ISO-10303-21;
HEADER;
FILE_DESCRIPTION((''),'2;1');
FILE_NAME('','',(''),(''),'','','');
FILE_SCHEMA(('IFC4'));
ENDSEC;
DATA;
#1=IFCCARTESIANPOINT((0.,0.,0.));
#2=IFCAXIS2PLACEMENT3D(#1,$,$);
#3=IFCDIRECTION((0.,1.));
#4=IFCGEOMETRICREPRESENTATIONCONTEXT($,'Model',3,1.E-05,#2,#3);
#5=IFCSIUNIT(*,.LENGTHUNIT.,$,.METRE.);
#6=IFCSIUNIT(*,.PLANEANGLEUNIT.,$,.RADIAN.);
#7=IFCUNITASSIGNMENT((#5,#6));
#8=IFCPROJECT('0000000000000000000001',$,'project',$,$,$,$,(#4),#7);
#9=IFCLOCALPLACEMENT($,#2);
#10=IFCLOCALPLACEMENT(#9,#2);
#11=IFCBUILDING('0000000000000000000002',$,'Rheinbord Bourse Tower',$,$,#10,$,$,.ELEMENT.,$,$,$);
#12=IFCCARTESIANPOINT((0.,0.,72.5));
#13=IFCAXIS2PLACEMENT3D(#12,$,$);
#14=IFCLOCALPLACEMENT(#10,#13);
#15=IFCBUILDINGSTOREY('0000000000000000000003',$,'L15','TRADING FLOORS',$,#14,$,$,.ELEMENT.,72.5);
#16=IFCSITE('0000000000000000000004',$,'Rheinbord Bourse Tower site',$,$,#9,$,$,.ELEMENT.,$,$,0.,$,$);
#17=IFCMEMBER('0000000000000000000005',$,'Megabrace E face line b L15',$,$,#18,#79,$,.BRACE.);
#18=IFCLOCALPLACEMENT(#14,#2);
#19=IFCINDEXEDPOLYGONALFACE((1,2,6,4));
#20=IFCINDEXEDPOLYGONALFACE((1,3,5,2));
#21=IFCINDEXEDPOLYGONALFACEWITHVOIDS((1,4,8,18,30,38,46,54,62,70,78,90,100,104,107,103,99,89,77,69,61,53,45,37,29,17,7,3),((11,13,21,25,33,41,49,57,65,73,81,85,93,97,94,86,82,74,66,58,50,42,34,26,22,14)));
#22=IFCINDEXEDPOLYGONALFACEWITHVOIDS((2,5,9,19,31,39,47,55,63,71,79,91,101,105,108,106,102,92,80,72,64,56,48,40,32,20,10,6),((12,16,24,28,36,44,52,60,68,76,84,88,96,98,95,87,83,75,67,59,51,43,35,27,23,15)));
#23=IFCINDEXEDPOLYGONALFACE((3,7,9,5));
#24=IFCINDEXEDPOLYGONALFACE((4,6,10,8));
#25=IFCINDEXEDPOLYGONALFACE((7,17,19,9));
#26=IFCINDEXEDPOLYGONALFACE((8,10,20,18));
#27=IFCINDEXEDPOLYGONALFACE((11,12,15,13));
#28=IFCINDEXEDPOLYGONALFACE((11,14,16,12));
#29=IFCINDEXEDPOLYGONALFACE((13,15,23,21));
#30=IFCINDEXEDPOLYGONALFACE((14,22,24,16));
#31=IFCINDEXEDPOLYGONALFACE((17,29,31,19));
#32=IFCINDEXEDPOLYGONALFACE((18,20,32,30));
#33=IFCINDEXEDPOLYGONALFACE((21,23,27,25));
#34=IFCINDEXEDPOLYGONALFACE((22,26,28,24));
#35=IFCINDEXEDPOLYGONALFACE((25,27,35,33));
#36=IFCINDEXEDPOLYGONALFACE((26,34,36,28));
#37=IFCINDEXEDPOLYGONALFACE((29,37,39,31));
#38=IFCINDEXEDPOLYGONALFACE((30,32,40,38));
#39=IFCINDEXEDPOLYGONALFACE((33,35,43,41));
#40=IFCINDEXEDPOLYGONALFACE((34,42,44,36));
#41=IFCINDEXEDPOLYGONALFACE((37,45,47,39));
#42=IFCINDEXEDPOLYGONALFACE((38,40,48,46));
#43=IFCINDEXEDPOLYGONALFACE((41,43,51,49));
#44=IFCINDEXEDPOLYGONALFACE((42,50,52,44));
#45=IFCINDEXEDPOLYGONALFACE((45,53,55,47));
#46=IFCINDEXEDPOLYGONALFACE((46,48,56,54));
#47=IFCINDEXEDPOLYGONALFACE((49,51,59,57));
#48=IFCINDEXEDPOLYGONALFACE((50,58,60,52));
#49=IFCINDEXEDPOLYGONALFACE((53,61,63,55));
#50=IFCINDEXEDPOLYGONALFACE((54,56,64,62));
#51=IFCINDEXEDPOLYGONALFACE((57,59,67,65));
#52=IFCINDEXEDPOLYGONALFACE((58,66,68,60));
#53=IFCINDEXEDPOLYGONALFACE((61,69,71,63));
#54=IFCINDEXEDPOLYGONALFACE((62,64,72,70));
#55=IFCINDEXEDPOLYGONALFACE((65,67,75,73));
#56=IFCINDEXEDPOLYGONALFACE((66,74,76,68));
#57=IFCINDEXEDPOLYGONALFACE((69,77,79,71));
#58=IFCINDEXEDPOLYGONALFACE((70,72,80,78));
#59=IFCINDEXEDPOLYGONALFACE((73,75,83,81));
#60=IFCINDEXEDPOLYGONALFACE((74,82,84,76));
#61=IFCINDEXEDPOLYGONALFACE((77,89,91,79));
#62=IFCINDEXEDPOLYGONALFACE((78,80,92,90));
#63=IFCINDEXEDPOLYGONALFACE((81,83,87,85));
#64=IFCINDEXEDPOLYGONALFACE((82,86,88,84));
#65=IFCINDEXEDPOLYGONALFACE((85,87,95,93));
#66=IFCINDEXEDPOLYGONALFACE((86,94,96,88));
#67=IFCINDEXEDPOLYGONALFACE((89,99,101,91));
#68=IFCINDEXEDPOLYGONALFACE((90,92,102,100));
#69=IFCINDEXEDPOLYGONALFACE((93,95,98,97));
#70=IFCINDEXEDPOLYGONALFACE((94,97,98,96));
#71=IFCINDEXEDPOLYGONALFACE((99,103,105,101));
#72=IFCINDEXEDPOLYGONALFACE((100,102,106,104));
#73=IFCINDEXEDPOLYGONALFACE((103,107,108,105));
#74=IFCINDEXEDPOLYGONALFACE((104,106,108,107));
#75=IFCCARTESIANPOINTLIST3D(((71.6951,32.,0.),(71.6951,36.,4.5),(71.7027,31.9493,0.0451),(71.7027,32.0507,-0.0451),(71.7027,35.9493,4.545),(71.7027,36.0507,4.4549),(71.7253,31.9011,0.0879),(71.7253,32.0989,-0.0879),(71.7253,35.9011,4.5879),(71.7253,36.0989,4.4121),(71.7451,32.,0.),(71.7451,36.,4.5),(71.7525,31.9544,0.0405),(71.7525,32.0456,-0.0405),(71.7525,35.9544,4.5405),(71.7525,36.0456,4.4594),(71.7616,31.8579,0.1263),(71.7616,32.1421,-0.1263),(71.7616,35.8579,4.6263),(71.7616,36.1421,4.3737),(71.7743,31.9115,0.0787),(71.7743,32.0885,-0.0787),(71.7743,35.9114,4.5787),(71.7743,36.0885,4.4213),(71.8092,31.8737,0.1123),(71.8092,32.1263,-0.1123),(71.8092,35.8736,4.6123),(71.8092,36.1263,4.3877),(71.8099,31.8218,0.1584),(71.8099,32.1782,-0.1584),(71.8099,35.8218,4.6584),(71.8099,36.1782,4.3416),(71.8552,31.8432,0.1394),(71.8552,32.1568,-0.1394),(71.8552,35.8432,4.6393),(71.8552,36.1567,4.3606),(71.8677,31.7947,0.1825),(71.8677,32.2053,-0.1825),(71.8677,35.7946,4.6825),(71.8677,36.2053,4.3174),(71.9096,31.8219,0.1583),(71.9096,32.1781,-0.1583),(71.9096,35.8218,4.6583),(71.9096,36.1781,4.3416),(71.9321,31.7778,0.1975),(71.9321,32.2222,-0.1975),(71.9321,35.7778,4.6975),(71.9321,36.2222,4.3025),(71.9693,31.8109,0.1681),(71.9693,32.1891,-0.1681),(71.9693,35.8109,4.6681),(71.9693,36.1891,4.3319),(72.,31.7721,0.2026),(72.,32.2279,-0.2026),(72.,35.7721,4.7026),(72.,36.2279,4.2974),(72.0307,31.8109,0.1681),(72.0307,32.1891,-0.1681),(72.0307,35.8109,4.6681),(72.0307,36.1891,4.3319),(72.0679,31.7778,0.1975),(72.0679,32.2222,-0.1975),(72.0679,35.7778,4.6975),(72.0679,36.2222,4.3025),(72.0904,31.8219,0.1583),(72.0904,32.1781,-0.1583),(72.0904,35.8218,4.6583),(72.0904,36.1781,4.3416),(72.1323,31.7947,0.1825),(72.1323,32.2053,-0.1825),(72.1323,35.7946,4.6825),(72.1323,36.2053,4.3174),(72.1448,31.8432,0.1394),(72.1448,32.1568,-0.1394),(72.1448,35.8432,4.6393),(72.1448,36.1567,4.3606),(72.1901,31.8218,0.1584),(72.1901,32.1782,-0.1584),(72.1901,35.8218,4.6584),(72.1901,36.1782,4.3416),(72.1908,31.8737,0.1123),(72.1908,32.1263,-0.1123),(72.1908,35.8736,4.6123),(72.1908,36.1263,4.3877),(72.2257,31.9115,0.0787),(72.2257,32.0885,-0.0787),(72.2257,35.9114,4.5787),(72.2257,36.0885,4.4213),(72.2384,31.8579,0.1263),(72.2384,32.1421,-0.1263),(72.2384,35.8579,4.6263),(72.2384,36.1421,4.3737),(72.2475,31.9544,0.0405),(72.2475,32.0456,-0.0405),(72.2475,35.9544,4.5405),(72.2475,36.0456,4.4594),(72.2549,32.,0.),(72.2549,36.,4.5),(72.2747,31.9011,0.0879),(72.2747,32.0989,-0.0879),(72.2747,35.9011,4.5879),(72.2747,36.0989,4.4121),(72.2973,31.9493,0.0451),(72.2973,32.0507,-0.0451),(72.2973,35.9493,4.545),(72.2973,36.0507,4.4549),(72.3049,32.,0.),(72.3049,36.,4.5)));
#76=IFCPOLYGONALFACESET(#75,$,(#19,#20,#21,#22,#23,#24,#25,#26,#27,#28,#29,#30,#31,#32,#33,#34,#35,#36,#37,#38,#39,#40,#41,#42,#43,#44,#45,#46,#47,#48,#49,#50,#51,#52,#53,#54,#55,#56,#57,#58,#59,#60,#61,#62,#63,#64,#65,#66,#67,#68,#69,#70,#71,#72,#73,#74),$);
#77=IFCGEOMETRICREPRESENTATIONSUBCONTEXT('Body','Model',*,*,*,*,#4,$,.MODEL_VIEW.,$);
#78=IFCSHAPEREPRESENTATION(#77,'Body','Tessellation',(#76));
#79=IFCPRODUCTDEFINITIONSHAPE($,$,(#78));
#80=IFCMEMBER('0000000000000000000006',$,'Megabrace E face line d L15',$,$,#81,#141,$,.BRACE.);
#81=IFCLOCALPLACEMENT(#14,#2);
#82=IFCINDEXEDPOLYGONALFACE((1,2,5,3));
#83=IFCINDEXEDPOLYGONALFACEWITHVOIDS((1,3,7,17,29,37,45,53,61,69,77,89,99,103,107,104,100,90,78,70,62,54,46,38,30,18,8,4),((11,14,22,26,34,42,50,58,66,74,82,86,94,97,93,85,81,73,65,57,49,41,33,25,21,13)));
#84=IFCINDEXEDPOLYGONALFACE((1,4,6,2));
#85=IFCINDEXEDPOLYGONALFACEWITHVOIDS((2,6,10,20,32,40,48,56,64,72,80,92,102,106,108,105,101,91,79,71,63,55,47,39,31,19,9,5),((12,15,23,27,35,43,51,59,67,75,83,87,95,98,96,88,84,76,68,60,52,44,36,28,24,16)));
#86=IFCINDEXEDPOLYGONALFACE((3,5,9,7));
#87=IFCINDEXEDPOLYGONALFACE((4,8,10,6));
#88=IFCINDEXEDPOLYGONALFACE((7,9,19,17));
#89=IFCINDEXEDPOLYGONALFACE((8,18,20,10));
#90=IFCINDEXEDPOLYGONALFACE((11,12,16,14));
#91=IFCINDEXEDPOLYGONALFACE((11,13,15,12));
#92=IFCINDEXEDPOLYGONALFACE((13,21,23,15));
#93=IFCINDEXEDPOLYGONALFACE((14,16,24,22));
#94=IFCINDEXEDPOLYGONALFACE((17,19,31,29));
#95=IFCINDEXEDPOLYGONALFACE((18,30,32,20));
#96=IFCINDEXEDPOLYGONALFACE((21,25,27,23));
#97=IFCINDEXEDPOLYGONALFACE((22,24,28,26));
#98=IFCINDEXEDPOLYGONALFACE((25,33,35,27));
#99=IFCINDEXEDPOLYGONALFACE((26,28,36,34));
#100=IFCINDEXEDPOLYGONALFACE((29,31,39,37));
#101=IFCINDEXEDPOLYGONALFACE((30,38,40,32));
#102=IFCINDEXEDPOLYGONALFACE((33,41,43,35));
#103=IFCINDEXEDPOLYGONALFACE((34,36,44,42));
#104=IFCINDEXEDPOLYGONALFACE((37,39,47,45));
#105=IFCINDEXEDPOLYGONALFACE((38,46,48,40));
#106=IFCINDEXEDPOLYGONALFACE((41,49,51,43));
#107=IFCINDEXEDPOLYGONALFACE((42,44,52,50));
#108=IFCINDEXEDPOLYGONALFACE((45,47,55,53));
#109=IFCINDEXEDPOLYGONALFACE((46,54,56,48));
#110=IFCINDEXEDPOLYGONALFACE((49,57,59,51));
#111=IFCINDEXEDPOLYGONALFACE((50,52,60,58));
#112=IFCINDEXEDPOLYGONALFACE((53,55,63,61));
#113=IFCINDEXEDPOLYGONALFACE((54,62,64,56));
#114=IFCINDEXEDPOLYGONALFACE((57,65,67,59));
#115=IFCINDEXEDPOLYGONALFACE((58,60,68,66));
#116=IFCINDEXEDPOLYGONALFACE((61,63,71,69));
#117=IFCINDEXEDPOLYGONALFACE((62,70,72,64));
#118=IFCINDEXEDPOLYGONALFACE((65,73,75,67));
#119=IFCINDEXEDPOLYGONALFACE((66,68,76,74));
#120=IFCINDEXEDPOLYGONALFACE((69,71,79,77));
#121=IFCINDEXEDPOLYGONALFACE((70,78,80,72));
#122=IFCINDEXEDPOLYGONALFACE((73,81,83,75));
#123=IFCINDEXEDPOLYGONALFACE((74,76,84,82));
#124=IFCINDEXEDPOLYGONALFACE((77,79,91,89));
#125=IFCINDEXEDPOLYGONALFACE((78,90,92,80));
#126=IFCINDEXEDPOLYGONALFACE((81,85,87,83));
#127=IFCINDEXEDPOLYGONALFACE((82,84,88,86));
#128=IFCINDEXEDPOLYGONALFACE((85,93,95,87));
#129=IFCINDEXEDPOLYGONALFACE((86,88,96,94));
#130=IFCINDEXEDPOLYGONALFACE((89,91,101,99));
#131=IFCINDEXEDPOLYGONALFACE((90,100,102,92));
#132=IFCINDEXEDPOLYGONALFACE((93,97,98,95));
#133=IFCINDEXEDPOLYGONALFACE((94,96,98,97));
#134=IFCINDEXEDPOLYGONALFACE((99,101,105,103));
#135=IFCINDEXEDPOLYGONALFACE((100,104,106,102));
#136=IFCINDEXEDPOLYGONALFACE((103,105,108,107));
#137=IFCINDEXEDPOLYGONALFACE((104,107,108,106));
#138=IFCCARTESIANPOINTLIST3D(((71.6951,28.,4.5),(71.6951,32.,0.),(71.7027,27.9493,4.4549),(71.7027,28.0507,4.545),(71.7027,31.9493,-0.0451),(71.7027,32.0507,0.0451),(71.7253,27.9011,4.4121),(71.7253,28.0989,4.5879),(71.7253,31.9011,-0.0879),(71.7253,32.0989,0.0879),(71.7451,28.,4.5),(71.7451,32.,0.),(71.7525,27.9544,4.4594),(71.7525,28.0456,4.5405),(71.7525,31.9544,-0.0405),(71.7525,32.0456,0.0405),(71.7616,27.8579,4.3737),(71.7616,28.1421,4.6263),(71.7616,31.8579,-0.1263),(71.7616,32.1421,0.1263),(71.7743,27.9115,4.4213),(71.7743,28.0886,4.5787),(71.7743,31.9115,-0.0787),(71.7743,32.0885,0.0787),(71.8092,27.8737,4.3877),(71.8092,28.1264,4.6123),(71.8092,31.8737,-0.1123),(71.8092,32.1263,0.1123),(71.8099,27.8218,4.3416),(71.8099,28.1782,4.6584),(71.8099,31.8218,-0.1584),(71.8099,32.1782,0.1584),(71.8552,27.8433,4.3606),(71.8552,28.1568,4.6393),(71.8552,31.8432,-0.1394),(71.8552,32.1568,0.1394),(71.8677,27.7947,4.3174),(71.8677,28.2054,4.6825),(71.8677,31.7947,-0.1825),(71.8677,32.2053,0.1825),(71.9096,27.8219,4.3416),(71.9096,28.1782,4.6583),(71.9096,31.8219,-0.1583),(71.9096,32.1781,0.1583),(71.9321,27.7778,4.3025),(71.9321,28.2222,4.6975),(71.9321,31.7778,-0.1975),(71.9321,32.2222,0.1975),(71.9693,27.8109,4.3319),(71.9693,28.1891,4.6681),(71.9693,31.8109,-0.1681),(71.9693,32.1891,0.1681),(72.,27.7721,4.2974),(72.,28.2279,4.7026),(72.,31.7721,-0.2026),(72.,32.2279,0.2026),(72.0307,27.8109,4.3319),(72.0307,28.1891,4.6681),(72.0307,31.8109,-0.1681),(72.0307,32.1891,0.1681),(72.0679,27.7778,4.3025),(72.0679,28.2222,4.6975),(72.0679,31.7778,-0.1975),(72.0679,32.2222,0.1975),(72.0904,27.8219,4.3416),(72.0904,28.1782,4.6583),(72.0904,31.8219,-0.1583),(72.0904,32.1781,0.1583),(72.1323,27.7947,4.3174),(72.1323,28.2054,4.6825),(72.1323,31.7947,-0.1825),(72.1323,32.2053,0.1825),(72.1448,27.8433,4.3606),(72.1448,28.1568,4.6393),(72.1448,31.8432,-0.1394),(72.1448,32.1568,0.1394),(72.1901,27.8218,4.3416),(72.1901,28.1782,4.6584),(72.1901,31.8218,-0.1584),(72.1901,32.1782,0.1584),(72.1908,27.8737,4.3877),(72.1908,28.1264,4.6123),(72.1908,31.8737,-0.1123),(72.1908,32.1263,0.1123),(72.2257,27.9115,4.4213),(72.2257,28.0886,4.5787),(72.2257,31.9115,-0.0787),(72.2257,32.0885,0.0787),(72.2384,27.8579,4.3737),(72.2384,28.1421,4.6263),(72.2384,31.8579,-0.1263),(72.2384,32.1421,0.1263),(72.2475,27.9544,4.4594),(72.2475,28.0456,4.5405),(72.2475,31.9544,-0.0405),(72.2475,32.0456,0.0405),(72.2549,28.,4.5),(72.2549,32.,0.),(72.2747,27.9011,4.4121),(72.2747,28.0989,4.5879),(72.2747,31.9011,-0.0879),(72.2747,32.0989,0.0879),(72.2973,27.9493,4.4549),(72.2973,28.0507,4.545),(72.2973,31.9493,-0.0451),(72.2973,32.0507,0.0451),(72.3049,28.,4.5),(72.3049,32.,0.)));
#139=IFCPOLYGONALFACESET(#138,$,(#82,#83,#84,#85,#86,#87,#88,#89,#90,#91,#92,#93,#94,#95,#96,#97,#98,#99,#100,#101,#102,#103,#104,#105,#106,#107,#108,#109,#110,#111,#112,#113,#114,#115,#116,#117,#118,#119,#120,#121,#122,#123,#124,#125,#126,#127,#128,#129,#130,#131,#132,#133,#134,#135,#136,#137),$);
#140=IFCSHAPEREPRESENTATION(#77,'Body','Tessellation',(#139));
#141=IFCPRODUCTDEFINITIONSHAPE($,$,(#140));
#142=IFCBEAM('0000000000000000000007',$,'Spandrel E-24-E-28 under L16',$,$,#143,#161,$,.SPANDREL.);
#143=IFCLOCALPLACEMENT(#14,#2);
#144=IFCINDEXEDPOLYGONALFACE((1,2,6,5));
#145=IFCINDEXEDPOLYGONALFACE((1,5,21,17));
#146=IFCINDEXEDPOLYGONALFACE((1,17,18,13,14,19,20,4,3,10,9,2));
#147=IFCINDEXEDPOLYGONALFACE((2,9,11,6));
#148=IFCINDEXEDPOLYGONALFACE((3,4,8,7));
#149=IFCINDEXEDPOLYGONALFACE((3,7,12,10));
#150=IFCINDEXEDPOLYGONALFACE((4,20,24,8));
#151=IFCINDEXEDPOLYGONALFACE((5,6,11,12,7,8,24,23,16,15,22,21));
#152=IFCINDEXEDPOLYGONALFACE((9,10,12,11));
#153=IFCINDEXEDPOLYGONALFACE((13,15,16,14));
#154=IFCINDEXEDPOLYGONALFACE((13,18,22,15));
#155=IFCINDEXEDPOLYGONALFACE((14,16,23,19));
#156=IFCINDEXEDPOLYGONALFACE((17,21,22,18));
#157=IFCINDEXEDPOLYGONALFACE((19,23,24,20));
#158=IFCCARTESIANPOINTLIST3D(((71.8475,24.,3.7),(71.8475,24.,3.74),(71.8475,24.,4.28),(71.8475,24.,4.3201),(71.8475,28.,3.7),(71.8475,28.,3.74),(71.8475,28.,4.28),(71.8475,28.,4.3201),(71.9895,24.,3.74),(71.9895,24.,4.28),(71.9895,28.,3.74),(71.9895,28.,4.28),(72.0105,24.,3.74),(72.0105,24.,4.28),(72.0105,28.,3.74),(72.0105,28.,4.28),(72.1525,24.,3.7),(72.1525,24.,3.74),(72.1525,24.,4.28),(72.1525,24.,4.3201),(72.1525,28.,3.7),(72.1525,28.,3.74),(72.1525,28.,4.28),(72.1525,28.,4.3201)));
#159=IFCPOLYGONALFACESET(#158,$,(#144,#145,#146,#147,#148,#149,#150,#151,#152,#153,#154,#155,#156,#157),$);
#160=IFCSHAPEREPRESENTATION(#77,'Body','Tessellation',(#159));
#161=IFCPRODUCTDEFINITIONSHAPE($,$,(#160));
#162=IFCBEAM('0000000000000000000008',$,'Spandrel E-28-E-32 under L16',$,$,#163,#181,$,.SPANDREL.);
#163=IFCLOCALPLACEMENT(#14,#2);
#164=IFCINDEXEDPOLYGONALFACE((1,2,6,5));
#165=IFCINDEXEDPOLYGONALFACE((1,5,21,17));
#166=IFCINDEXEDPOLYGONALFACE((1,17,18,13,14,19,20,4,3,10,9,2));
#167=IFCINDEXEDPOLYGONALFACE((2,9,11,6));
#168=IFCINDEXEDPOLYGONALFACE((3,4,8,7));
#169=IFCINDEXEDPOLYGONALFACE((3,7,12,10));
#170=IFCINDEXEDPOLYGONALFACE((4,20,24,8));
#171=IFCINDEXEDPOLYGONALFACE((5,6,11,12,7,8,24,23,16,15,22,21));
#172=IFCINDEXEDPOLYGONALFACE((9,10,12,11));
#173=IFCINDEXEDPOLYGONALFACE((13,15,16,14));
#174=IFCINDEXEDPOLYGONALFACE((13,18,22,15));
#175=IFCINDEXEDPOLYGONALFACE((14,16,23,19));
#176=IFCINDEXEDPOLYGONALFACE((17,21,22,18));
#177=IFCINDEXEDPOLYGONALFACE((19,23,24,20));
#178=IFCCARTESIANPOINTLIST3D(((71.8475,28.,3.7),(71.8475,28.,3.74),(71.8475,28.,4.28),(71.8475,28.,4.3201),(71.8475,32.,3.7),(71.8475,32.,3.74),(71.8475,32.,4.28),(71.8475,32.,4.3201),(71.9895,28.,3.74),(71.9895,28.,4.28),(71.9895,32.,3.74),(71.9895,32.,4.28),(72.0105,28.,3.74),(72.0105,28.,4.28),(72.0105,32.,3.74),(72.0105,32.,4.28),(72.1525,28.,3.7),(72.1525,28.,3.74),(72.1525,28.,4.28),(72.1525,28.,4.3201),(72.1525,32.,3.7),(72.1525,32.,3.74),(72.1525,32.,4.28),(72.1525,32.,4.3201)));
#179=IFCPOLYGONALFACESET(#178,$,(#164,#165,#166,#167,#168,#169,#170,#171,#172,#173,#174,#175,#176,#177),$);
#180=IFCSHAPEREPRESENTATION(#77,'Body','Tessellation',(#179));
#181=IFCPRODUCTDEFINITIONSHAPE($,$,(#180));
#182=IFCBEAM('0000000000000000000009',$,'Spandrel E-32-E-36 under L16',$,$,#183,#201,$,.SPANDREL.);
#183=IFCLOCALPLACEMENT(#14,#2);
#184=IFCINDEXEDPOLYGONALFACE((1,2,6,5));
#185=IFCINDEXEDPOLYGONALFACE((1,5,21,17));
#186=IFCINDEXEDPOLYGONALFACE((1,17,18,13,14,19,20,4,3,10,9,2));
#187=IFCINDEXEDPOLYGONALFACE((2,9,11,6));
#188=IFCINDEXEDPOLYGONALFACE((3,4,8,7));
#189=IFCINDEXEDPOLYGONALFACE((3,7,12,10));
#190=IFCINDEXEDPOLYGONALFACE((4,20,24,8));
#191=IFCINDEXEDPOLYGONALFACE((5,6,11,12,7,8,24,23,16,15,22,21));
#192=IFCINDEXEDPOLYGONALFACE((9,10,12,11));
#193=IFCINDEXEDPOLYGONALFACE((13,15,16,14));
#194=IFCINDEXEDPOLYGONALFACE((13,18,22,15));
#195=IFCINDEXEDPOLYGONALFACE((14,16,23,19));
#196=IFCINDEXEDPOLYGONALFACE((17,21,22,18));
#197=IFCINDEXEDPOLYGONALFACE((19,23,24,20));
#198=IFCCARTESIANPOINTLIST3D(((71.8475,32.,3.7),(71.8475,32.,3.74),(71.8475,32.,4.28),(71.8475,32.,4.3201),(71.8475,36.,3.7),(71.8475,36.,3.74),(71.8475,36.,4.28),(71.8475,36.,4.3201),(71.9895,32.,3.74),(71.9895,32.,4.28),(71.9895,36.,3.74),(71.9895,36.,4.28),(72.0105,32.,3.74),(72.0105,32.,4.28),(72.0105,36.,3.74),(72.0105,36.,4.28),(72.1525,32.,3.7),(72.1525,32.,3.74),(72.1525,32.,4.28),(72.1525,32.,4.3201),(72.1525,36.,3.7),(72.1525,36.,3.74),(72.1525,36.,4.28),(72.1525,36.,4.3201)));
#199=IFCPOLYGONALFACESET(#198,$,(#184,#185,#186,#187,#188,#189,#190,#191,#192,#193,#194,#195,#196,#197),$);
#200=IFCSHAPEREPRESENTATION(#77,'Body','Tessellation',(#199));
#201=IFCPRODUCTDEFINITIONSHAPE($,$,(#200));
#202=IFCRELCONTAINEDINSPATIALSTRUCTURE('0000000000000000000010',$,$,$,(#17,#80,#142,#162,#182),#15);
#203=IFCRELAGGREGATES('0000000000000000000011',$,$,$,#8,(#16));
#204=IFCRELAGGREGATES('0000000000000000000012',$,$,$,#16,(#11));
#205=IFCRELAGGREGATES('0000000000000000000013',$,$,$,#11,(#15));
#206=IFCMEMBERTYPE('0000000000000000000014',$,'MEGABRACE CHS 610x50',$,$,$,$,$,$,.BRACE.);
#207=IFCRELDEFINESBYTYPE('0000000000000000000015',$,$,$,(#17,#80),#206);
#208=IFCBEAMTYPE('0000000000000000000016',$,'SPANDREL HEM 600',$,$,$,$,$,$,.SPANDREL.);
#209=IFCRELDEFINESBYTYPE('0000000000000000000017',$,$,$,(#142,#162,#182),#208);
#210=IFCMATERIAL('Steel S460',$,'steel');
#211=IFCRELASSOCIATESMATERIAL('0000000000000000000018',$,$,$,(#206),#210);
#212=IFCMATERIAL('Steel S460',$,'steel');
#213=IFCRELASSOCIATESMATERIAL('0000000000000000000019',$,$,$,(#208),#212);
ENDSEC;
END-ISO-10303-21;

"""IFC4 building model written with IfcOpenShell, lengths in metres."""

from ifc_helpers import new_model, si_unit, direction, frame, origin, origin_2d, place, context, subcontext, project, spatial, hollow_circle, i_section, extrude, material, material_profile, profile_set, type_object, element, save


model = new_model("IFC4")

# Units and contexts
model_context = context("Model", 3, precision=1e-05, world=origin(), true_north=direction((0.0, 1.0)))
body_context = subcontext(model_context, "Body", "Model", "MODEL_VIEW")
ifc_project = project(units=[si_unit("LENGTHUNIT", "METRE"), si_unit("PLANEANGLEUNIT", "RADIAN")], contexts=[model_context])

# Site, building, storey
site_placement = place(None, origin())
site = spatial("IfcSite", under=ifc_project, at=site_placement, Name="Rheinbord Bourse Tower site", CompositionType="ELEMENT", RefElevation=0.0)
building_placement = place(site_placement, origin())
building = spatial("IfcBuilding", under=site, at=building_placement, Name="Rheinbord Bourse Tower", CompositionType="ELEMENT")
storey_placement = place(building_placement, frame((0.0, 0.0, 72.5)))
storey = spatial("IfcBuildingStorey", under=building, at=storey_placement, Name="L15", Description="TRADING FLOORS", CompositionType="ELEMENT", Elevation=72.5)

# Members
ifc_material_1 = material(Name="Steel S460", Category="steel")
ifc_material_profile_1 = material_profile(ifc_material_1, hollow_circle(Radius=0.3049, WallThickness=0.05, at=origin_2d()), Name="CHS 610x50")
ifc_profile_set_1 = profile_set([ifc_material_profile_1], Name="Steel S460")
member_type_1 = type_object("IfcMemberType", Name="MEGABRACE CHS 610x50", PredefinedType="BRACE", material=ifc_profile_set_1)
for number, where, z_axis, x_axis, name in (
    (1, (72.0, 32.0, 0.0), (0.0, 0.664364, 0.747409), (-1.0, 0.0, 0.0), "Megabrace E face line b L15"),
    (2, (72.0, 32.0, 0.0), (0.0, -0.664364, 0.747409), (1.0, 0.0, 0.0), "Megabrace E face line d L15"),
):
    element("IfcMember", number, at=place(storey_placement, frame(where, z_axis=z_axis, x_axis=x_axis)), inside=storey, type_object=member_type_1, Name=name, PredefinedType="BRACE", context=body_context, shape_type="SweptSolid", body=[
        extrude(hollow_circle(Radius=0.3049, WallThickness=0.05, at=origin_2d()), origin(), (0.0, 0.0, 1.0), 6.0208),
    ])

# Beams
ifc_material_2 = material(Name="Steel S460", Category="steel")
ifc_material_profile_2 = material_profile(ifc_material_2, i_section(OverallWidth=0.3049, OverallDepth=0.6201, WebThickness=0.021, FlangeThickness=0.04, at=origin_2d()), Name="HEM 600")
ifc_profile_set_2 = profile_set([ifc_material_profile_2], Name="Steel S460")
beam_type_1 = type_object("IfcBeamType", Name="SPANDREL HEM 600", PredefinedType="SPANDREL", material=ifc_profile_set_2)
for number, where, z_axis, x_axis, name in (
    (3, (72.0, 24.0, 4.01), (0.0, 1.0, 0.0), (-1.0, 0.0, 0.0), "Spandrel E-24-E-28 under L16"),
    (4, (72.0, 28.0, 4.01), (0.0, 1.0, 0.0), (-1.0, 0.0, 0.0), "Spandrel E-28-E-32 under L16"),
    (5, (72.0, 32.0, 4.01), (0.0, 1.0, 0.0), (-1.0, 0.0, 0.0), "Spandrel E-32-E-36 under L16"),
):
    element("IfcBeam", number, at=place(storey_placement, frame(where, z_axis=z_axis, x_axis=x_axis)), inside=storey, type_object=beam_type_1, Name=name, PredefinedType="SPANDREL", context=body_context, shape_type="SweptSolid", body=[
        extrude(i_section(OverallWidth=0.3049, OverallDepth=0.6201, WebThickness=0.021, FlangeThickness=0.04, at=origin_2d()), origin(), (0.0, 0.0, 1.0), 4.0),
    ])

save(model, "model.ifc")
